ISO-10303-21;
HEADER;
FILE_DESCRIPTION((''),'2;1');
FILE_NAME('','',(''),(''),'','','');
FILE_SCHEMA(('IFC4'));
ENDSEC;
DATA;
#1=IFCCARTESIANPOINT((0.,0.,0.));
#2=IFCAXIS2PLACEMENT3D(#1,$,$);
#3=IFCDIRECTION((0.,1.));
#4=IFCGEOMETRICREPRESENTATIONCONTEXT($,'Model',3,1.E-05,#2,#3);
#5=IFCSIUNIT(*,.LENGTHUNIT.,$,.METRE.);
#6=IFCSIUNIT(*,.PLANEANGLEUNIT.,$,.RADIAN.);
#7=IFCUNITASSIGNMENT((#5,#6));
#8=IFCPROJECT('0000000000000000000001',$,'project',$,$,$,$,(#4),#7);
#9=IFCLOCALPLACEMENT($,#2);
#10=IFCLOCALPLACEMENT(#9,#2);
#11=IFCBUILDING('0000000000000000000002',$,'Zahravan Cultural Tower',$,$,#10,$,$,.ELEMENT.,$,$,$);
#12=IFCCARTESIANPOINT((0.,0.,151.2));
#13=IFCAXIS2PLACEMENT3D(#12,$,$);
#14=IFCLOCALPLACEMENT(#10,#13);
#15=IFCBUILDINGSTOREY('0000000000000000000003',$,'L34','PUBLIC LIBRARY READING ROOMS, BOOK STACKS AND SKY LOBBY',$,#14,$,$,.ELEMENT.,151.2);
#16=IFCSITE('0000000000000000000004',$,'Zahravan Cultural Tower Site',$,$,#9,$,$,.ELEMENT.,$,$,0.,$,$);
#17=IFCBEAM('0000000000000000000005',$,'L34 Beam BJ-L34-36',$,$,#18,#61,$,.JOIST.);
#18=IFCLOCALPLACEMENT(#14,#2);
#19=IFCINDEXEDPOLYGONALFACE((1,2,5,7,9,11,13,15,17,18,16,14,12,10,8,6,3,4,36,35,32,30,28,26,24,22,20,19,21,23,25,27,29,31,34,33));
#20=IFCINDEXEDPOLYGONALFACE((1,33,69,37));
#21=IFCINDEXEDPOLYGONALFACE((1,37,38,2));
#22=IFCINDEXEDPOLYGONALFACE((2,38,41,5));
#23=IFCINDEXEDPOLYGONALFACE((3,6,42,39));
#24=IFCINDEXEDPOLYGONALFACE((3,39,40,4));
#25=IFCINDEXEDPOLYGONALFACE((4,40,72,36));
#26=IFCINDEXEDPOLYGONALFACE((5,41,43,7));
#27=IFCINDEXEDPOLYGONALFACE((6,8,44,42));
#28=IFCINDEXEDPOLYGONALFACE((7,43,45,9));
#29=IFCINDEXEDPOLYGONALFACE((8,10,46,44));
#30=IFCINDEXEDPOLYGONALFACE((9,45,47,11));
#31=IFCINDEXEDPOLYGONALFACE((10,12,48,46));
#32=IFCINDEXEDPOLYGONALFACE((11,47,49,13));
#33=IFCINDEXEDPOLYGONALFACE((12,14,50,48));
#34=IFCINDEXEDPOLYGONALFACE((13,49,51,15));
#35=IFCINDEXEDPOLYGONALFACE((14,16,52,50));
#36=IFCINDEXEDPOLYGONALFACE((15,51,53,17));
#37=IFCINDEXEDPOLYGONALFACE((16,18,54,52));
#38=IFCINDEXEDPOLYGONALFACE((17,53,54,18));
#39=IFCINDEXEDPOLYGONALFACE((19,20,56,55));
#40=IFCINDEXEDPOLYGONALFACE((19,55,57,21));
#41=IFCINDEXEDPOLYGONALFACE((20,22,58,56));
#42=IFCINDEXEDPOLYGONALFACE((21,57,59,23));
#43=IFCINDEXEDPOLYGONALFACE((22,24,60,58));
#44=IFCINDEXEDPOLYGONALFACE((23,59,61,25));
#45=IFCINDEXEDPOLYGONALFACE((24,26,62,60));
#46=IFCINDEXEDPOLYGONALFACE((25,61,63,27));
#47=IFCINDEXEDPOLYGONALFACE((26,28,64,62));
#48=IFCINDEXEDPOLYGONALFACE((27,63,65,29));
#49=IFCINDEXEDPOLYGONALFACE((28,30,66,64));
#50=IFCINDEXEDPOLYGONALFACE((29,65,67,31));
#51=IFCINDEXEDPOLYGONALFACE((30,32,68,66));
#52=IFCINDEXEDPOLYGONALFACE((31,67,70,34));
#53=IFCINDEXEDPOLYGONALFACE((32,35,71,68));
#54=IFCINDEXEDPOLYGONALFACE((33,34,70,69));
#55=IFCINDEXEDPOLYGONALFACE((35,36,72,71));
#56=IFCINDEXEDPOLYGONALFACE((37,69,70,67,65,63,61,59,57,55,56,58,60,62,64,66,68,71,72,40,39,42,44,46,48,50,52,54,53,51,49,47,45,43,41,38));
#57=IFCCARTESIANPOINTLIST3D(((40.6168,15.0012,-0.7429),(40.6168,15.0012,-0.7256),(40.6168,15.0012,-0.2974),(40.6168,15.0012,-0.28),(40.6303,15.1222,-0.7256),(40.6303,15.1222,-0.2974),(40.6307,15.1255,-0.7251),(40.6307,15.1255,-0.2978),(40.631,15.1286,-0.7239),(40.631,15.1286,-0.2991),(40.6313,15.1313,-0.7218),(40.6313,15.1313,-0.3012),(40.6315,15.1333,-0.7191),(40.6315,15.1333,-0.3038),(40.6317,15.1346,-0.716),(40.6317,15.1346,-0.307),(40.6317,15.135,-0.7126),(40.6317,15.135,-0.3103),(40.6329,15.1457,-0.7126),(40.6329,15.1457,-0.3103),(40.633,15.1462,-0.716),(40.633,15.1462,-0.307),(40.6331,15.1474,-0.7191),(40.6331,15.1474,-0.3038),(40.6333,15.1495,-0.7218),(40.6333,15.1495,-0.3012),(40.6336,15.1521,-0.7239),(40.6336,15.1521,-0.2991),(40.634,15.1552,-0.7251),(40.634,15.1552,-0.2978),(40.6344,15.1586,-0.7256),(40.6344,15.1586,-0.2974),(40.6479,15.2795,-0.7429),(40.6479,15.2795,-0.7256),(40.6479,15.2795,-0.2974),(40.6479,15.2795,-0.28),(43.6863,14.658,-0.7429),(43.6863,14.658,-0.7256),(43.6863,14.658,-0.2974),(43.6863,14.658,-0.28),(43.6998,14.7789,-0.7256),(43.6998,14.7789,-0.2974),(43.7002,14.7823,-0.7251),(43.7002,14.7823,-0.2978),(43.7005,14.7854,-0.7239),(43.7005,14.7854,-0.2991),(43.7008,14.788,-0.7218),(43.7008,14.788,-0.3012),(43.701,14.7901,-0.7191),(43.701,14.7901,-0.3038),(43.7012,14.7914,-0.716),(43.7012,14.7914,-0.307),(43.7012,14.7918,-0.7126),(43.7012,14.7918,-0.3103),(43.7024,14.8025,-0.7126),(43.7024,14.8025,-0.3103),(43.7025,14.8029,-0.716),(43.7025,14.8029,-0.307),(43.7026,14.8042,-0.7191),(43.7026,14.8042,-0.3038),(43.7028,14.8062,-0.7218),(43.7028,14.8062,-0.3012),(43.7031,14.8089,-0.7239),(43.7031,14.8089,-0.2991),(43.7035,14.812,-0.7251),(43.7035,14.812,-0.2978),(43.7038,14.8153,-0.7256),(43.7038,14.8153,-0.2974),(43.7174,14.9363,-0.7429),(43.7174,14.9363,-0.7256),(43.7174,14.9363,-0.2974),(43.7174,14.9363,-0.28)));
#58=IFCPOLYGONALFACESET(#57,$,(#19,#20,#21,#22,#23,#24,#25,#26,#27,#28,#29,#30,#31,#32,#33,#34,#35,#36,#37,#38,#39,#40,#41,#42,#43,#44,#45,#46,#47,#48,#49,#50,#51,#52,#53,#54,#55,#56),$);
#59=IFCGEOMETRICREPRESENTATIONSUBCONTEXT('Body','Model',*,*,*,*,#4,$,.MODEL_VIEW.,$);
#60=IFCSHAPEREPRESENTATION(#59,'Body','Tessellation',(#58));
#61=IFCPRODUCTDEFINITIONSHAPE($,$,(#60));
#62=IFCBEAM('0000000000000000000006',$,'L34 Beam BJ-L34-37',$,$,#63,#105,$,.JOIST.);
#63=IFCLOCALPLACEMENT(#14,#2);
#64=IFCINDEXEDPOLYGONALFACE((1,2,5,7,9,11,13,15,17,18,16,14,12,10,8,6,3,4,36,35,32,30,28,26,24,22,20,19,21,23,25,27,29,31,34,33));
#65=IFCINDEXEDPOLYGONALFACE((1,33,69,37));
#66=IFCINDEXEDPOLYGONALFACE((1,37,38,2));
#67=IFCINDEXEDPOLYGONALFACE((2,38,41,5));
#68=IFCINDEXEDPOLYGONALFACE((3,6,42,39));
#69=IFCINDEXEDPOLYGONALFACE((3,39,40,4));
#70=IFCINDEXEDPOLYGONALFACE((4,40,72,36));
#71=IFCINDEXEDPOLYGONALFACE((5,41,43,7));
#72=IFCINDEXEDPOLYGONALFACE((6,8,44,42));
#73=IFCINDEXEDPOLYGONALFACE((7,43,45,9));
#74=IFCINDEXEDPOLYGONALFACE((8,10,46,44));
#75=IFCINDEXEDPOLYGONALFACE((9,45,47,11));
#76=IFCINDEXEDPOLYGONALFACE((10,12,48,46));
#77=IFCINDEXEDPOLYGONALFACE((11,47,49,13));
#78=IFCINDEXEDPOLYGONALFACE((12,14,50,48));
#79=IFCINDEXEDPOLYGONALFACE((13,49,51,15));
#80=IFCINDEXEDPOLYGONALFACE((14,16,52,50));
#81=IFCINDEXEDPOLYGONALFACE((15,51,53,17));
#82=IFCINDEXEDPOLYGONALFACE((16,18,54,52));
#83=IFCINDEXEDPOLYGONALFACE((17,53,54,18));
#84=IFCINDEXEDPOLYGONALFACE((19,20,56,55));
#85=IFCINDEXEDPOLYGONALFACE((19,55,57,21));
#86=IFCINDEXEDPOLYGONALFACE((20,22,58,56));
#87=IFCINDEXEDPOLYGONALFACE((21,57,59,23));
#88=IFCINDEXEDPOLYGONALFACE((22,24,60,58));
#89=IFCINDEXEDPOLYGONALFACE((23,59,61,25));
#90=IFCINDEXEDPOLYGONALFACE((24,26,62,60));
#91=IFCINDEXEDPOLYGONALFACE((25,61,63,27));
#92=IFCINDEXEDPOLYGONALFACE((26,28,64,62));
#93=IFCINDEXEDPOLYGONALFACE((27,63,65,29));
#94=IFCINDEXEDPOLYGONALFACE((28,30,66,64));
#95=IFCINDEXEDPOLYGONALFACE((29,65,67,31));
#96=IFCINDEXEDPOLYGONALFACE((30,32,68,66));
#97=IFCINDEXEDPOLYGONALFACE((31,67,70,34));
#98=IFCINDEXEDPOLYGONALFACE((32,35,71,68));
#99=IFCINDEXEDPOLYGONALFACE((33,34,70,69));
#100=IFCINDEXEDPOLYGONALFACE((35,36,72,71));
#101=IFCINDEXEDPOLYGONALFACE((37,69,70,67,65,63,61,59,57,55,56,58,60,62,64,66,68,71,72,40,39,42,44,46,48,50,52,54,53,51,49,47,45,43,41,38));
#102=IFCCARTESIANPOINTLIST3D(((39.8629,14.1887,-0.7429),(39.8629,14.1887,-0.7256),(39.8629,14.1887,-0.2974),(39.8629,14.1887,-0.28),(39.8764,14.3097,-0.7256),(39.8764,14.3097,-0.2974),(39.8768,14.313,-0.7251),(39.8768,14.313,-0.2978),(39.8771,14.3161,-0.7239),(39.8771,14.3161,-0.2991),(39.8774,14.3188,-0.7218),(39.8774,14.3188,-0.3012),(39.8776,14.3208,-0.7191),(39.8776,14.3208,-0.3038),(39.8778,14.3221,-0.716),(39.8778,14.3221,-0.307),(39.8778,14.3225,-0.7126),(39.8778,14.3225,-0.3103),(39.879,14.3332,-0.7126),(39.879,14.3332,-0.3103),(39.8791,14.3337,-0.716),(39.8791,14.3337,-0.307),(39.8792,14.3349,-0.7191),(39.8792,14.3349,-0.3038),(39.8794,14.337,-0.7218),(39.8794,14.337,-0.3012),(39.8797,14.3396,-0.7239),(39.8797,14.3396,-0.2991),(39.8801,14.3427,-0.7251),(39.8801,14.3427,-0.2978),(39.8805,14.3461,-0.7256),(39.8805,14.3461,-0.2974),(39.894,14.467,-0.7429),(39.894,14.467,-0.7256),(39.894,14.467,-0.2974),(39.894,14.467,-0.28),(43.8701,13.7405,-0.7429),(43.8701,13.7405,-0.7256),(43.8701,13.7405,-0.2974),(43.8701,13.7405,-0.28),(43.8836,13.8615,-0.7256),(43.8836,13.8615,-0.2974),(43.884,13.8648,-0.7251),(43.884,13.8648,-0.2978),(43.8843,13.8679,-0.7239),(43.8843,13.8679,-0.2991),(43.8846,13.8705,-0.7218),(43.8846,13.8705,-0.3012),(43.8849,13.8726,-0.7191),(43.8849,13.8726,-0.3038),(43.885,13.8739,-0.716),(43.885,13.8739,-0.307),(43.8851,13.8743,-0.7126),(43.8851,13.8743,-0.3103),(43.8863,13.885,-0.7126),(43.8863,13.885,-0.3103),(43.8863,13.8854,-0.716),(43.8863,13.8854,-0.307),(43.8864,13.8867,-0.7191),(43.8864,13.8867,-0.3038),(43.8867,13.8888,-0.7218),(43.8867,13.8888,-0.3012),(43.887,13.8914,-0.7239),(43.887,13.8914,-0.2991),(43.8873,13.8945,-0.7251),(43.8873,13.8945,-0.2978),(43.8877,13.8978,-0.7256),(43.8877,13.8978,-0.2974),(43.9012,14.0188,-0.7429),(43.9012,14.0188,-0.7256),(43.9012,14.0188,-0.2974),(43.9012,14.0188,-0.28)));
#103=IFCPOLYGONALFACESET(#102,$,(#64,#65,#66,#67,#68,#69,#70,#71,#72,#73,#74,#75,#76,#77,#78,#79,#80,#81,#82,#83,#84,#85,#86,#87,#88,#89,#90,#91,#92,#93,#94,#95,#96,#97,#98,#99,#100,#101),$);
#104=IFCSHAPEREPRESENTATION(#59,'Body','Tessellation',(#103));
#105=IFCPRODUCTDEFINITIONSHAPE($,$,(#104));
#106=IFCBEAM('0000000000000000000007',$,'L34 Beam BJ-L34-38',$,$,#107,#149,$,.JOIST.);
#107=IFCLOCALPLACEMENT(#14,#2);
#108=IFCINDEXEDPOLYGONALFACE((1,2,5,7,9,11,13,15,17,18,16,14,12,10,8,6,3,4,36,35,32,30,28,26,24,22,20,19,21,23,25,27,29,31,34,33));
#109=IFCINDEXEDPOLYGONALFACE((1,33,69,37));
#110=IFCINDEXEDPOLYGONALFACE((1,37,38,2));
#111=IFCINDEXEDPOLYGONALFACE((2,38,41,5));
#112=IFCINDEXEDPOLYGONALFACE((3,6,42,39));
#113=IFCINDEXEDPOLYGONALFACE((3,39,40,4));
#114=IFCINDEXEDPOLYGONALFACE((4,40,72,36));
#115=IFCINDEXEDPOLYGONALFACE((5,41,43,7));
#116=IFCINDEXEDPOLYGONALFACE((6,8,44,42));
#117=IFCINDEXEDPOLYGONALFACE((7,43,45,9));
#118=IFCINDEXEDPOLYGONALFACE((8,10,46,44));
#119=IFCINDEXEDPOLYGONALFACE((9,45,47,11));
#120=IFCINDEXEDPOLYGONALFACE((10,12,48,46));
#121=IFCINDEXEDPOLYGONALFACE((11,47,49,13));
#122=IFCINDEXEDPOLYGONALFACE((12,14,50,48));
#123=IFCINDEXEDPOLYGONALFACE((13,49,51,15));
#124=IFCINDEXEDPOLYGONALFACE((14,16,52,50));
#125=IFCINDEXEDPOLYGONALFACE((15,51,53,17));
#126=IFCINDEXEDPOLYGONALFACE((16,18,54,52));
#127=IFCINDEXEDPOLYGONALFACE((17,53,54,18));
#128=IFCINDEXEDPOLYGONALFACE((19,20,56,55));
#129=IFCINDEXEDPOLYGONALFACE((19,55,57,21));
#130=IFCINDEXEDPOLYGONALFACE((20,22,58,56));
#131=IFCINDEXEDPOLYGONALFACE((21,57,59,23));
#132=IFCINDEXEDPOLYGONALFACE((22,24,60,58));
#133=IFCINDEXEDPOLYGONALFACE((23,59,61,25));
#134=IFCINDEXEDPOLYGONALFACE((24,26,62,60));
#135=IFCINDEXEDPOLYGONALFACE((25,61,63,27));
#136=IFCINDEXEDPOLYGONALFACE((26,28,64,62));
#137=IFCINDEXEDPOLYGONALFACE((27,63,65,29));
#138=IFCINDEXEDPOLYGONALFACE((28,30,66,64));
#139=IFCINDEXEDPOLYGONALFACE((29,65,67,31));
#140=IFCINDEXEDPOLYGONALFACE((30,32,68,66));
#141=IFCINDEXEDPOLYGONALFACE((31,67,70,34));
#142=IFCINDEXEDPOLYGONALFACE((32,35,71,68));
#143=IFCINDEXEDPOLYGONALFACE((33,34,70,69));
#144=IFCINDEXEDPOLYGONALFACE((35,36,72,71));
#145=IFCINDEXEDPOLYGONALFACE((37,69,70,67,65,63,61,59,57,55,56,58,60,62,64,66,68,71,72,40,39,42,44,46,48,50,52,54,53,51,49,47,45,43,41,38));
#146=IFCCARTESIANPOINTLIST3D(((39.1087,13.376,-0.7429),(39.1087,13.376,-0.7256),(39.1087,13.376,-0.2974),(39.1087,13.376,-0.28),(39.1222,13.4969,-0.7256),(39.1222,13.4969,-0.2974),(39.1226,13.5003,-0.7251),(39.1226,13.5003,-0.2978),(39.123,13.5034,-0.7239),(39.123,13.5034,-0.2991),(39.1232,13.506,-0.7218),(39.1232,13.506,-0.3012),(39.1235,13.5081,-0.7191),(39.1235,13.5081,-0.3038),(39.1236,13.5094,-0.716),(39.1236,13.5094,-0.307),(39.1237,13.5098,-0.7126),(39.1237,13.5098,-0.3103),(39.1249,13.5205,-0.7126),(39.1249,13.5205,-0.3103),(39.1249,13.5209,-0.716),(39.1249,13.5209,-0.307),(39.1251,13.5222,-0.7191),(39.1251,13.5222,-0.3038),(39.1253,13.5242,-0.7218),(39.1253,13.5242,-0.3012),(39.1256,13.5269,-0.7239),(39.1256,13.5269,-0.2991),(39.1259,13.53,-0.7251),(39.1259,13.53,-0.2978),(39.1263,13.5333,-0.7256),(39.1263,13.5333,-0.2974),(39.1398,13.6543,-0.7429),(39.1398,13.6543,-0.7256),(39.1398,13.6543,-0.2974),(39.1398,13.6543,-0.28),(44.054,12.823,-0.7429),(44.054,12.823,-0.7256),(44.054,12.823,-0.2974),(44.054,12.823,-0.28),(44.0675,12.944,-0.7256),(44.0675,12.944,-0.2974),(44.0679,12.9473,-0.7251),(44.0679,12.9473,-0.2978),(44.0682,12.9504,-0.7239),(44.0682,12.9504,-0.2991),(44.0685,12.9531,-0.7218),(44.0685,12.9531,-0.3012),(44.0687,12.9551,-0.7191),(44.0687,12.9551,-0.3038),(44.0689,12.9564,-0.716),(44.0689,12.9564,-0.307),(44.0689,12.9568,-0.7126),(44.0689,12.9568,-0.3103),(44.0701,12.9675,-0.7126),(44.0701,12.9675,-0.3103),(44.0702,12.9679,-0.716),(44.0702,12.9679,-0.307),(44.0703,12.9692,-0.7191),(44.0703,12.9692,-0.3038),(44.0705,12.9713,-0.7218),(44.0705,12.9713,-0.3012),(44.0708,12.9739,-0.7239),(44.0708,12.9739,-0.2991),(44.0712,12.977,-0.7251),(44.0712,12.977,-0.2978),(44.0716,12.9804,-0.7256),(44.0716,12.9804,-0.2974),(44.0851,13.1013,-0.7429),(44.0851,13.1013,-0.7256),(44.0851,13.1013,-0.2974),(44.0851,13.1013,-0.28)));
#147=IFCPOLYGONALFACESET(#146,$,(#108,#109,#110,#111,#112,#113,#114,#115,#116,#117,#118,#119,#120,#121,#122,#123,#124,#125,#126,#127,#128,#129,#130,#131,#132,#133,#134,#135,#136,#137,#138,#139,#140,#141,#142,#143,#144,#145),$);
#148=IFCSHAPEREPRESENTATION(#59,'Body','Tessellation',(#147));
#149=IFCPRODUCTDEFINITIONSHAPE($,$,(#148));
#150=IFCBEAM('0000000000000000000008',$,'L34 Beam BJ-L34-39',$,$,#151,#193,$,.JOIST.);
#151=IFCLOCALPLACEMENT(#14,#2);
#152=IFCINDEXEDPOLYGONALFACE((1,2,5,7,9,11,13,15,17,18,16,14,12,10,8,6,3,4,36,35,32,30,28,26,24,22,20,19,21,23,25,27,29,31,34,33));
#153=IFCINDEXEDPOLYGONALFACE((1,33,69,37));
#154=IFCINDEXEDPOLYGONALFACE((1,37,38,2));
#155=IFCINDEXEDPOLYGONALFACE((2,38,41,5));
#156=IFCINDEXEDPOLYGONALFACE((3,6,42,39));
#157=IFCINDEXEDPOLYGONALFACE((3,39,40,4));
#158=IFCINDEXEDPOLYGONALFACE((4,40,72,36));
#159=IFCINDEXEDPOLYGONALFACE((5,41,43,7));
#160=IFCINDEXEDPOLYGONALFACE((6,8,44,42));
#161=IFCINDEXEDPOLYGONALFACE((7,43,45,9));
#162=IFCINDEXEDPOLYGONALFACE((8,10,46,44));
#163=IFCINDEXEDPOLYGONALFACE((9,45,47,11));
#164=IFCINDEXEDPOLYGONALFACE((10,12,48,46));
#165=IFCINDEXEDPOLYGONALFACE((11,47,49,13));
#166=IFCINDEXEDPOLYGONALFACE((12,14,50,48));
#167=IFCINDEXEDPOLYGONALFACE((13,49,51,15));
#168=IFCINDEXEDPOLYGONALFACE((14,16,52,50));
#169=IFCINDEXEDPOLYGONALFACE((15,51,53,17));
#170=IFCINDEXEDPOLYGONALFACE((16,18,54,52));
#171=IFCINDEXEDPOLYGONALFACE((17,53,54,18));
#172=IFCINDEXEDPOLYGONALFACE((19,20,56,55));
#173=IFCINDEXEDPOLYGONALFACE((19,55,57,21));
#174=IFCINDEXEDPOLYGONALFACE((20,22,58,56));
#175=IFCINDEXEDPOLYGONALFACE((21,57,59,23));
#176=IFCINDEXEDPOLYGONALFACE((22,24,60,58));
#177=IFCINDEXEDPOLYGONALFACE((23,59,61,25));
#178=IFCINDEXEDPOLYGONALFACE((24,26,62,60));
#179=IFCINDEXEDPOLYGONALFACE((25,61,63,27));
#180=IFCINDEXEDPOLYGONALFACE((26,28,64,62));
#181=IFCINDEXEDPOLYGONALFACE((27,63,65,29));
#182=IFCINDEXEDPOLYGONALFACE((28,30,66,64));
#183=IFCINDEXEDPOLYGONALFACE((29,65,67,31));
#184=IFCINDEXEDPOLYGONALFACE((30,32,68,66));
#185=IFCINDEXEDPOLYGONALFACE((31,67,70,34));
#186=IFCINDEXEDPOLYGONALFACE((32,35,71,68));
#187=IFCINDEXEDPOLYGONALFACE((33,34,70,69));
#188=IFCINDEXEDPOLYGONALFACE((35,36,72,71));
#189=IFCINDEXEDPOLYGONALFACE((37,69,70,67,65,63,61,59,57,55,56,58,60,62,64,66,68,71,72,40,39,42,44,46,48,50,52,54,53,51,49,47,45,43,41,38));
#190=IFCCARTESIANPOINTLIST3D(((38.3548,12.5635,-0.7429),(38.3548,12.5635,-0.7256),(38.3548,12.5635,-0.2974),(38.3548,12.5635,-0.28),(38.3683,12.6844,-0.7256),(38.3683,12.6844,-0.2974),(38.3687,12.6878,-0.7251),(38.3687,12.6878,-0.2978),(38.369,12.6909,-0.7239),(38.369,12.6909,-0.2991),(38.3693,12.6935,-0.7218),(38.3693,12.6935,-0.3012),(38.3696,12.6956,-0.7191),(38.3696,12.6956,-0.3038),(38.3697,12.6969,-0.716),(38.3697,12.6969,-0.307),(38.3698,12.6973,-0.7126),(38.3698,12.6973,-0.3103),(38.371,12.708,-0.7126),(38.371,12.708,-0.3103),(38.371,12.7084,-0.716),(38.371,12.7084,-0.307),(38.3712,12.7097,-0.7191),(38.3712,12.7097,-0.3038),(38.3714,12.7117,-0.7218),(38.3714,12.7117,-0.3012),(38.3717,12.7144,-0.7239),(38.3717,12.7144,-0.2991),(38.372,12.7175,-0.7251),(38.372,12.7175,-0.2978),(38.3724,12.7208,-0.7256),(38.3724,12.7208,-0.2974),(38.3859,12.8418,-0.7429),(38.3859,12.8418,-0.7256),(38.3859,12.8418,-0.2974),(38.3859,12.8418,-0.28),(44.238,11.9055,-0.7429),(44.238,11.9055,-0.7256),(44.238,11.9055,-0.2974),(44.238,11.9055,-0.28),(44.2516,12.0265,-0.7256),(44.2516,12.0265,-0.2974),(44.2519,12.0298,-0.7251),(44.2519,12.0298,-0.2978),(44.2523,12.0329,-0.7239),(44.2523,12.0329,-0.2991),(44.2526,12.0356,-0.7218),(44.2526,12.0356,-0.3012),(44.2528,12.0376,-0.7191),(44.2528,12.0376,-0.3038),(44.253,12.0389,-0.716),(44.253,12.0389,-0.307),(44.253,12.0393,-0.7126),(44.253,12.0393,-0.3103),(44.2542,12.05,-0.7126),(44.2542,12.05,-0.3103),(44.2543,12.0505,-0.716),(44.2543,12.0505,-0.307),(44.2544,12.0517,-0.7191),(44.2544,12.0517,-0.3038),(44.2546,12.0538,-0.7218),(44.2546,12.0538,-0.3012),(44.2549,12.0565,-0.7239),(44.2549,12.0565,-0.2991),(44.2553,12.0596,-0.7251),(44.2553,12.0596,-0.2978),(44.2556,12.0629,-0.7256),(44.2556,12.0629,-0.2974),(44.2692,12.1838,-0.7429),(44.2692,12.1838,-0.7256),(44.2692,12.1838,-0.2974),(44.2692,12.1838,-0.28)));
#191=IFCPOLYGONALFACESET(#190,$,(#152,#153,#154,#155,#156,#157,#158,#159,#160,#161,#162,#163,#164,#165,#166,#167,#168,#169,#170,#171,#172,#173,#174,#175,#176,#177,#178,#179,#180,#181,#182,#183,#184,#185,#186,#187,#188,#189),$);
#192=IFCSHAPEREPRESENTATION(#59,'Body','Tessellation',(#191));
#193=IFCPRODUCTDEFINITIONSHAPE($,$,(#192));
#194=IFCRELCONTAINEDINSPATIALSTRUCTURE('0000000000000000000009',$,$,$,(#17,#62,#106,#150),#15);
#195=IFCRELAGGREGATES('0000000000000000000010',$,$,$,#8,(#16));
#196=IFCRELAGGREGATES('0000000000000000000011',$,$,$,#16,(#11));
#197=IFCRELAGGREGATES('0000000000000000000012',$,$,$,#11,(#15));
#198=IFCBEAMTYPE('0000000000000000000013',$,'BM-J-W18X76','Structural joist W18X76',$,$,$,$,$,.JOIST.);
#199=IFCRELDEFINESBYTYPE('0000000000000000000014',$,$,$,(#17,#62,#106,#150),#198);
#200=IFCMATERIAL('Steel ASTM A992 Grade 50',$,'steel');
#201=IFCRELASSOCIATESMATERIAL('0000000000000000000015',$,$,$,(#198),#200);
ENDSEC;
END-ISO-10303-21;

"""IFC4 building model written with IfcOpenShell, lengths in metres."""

from ifc_helpers import new_model, si_unit, direction, frame, origin, origin_2d, place, context, subcontext, project, spatial, i_section, extrude, source, transform, mapped, material, material_profile, profile_set, type_object, element, save


model = new_model("IFC4")

# Units and contexts
model_context = context("Model", 3, precision=1e-05, world=origin(), true_north=direction((0.0, 1.0)))
body_context = subcontext(model_context, "Body", "Model", "MODEL_VIEW")
ifc_project = project(units=[si_unit("LENGTHUNIT", "METRE"), si_unit("PLANEANGLEUNIT", "RADIAN")], contexts=[model_context])

# Site, building, storey
site_placement = place(None, origin())
site = spatial("IfcSite", under=ifc_project, at=site_placement, Name="Zahravan Cultural Tower Site", CompositionType="ELEMENT", RefElevation=0.0)
building_placement = place(site_placement, origin())
building = spatial("IfcBuilding", under=site, at=building_placement, Name="Zahravan Cultural Tower", CompositionType="ELEMENT")
storey_placement = place(building_placement, frame((0.0, 0.0, 151.2)))
storey = spatial("IfcBuildingStorey", under=building, at=storey_placement, Name="L34", Description="PUBLIC LIBRARY READING ROOMS, BOOK STACKS AND SKY LOBBY", CompositionType="ELEMENT", Elevation=151.2)

# Shared definitions
ifc_material_1 = material(Name="Steel ASTM A992 Grade 50", Category="steel")

# Beams
ifc_material_profile_1 = material_profile(ifc_material_1, i_section(OverallWidth=0.28, OverallDepth=0.4629, WebThickness=0.0107, FlangeThickness=0.0173, FilletRadius=0.0129, at=origin_2d()), Name="W18X76")
ifc_profile_set_1 = profile_set([ifc_material_profile_1], Name="Steel ASTM A992 Grade 50")
beam_type_1 = type_object("IfcBeamType", Name="BM-J-W18X76", Description="Structural joist W18X76", PredefinedType="JOIST", material=ifc_profile_set_1)
shared_shape_1 = source(origin(), body_context, "Body", "SweptSolid", [
    extrude(i_section(OverallWidth=0.28, OverallDepth=0.4629, WebThickness=0.0107, FlangeThickness=0.0173, FilletRadius=0.0129, at=origin_2d()), origin(), (0.0, 0.0, 1.0), 3.0886),
])
beam_1_placement = place(storey_placement, frame((40.6323, 15.1404, -0.5115), z_axis=(0.993805, -0.111134, 0.0), x_axis=(0.111134, 0.993805, 0.0)))
element("IfcBeam", 1, at=beam_1_placement, inside=storey, type_object=beam_type_1, Name="L34 Beam BJ-L34-36", PredefinedType="JOIST", context=body_context, shape_type="MappedRepresentation", body=[
    mapped(shared_shape_1, transform((0.0, 0.0, 0.0), x_axis=(1.0, 0.0, 0.0), y_axis=(0.0, 1.0, 0.0), z_axis=(0.0, 0.0, 1.0), scale=1.0)),
])
shared_shape_2 = source(origin(), body_context, "Body", "SweptSolid", [
    extrude(i_section(OverallWidth=0.28, OverallDepth=0.4629, WebThickness=0.0107, FlangeThickness=0.0173, FilletRadius=0.0129, at=origin_2d()), origin(), (0.0, 0.0, 1.0), 4.0322),
])
beam_2_placement = place(storey_placement, frame((39.8784, 14.3279, -0.5115), z_axis=(0.993802, -0.111162, 0.0), x_axis=(0.111162, 0.993802, 0.0)))
element("IfcBeam", 2, at=beam_2_placement, inside=storey, type_object=beam_type_1, Name="L34 Beam BJ-L34-37", PredefinedType="JOIST", context=body_context, shape_type="MappedRepresentation", body=[
    mapped(shared_shape_2, transform((0.0, 0.0, 0.0), x_axis=(1.0, 0.0, 0.0), y_axis=(0.0, 1.0, 0.0), z_axis=(0.0, 0.0, 1.0), scale=1.0)),
])
shared_shape_3 = source(origin(), body_context, "Body", "SweptSolid", [
    extrude(i_section(OverallWidth=0.28, OverallDepth=0.4629, WebThickness=0.0107, FlangeThickness=0.0173, FilletRadius=0.0129, at=origin_2d()), origin(), (0.0, 0.0, 1.0), 4.9761),
])
beam_3_placement = place(storey_placement, frame((39.1243, 13.5151, -0.5115), z_axis=(0.993806, -0.111126, 0.0), x_axis=(0.111126, 0.993806, 0.0)))
element("IfcBeam", 3, at=beam_3_placement, inside=storey, type_object=beam_type_1, Name="L34 Beam BJ-L34-38", PredefinedType="JOIST", context=body_context, shape_type="MappedRepresentation", body=[
    mapped(shared_shape_3, transform((0.0, 0.0, 0.0), x_axis=(1.0, 0.0, 0.0), y_axis=(0.0, 1.0, 0.0), z_axis=(0.0, 0.0, 1.0), scale=1.0)),
])
shared_shape_4 = source(origin(), body_context, "Body", "SweptSolid", [
    extrude(i_section(OverallWidth=0.28, OverallDepth=0.4629, WebThickness=0.0107, FlangeThickness=0.0173, FilletRadius=0.0129, at=origin_2d()), origin(), (0.0, 0.0, 1.0), 5.9199),
])
beam_4_placement = place(storey_placement, frame((38.3704, 12.7026, -0.5115), z_axis=(0.993805, -0.111142, 0.0), x_axis=(0.111142, 0.993805, 0.0)))
element("IfcBeam", 4, at=beam_4_placement, inside=storey, type_object=beam_type_1, Name="L34 Beam BJ-L34-39", PredefinedType="JOIST", context=body_context, shape_type="MappedRepresentation", body=[
    mapped(shared_shape_4, transform((0.0, 0.0, 0.0), x_axis=(1.0, 0.0, 0.0), y_axis=(0.0, 1.0, 0.0), z_axis=(0.0, 0.0, 1.0), scale=1.0)),
])

save(model, "model.ifc")
